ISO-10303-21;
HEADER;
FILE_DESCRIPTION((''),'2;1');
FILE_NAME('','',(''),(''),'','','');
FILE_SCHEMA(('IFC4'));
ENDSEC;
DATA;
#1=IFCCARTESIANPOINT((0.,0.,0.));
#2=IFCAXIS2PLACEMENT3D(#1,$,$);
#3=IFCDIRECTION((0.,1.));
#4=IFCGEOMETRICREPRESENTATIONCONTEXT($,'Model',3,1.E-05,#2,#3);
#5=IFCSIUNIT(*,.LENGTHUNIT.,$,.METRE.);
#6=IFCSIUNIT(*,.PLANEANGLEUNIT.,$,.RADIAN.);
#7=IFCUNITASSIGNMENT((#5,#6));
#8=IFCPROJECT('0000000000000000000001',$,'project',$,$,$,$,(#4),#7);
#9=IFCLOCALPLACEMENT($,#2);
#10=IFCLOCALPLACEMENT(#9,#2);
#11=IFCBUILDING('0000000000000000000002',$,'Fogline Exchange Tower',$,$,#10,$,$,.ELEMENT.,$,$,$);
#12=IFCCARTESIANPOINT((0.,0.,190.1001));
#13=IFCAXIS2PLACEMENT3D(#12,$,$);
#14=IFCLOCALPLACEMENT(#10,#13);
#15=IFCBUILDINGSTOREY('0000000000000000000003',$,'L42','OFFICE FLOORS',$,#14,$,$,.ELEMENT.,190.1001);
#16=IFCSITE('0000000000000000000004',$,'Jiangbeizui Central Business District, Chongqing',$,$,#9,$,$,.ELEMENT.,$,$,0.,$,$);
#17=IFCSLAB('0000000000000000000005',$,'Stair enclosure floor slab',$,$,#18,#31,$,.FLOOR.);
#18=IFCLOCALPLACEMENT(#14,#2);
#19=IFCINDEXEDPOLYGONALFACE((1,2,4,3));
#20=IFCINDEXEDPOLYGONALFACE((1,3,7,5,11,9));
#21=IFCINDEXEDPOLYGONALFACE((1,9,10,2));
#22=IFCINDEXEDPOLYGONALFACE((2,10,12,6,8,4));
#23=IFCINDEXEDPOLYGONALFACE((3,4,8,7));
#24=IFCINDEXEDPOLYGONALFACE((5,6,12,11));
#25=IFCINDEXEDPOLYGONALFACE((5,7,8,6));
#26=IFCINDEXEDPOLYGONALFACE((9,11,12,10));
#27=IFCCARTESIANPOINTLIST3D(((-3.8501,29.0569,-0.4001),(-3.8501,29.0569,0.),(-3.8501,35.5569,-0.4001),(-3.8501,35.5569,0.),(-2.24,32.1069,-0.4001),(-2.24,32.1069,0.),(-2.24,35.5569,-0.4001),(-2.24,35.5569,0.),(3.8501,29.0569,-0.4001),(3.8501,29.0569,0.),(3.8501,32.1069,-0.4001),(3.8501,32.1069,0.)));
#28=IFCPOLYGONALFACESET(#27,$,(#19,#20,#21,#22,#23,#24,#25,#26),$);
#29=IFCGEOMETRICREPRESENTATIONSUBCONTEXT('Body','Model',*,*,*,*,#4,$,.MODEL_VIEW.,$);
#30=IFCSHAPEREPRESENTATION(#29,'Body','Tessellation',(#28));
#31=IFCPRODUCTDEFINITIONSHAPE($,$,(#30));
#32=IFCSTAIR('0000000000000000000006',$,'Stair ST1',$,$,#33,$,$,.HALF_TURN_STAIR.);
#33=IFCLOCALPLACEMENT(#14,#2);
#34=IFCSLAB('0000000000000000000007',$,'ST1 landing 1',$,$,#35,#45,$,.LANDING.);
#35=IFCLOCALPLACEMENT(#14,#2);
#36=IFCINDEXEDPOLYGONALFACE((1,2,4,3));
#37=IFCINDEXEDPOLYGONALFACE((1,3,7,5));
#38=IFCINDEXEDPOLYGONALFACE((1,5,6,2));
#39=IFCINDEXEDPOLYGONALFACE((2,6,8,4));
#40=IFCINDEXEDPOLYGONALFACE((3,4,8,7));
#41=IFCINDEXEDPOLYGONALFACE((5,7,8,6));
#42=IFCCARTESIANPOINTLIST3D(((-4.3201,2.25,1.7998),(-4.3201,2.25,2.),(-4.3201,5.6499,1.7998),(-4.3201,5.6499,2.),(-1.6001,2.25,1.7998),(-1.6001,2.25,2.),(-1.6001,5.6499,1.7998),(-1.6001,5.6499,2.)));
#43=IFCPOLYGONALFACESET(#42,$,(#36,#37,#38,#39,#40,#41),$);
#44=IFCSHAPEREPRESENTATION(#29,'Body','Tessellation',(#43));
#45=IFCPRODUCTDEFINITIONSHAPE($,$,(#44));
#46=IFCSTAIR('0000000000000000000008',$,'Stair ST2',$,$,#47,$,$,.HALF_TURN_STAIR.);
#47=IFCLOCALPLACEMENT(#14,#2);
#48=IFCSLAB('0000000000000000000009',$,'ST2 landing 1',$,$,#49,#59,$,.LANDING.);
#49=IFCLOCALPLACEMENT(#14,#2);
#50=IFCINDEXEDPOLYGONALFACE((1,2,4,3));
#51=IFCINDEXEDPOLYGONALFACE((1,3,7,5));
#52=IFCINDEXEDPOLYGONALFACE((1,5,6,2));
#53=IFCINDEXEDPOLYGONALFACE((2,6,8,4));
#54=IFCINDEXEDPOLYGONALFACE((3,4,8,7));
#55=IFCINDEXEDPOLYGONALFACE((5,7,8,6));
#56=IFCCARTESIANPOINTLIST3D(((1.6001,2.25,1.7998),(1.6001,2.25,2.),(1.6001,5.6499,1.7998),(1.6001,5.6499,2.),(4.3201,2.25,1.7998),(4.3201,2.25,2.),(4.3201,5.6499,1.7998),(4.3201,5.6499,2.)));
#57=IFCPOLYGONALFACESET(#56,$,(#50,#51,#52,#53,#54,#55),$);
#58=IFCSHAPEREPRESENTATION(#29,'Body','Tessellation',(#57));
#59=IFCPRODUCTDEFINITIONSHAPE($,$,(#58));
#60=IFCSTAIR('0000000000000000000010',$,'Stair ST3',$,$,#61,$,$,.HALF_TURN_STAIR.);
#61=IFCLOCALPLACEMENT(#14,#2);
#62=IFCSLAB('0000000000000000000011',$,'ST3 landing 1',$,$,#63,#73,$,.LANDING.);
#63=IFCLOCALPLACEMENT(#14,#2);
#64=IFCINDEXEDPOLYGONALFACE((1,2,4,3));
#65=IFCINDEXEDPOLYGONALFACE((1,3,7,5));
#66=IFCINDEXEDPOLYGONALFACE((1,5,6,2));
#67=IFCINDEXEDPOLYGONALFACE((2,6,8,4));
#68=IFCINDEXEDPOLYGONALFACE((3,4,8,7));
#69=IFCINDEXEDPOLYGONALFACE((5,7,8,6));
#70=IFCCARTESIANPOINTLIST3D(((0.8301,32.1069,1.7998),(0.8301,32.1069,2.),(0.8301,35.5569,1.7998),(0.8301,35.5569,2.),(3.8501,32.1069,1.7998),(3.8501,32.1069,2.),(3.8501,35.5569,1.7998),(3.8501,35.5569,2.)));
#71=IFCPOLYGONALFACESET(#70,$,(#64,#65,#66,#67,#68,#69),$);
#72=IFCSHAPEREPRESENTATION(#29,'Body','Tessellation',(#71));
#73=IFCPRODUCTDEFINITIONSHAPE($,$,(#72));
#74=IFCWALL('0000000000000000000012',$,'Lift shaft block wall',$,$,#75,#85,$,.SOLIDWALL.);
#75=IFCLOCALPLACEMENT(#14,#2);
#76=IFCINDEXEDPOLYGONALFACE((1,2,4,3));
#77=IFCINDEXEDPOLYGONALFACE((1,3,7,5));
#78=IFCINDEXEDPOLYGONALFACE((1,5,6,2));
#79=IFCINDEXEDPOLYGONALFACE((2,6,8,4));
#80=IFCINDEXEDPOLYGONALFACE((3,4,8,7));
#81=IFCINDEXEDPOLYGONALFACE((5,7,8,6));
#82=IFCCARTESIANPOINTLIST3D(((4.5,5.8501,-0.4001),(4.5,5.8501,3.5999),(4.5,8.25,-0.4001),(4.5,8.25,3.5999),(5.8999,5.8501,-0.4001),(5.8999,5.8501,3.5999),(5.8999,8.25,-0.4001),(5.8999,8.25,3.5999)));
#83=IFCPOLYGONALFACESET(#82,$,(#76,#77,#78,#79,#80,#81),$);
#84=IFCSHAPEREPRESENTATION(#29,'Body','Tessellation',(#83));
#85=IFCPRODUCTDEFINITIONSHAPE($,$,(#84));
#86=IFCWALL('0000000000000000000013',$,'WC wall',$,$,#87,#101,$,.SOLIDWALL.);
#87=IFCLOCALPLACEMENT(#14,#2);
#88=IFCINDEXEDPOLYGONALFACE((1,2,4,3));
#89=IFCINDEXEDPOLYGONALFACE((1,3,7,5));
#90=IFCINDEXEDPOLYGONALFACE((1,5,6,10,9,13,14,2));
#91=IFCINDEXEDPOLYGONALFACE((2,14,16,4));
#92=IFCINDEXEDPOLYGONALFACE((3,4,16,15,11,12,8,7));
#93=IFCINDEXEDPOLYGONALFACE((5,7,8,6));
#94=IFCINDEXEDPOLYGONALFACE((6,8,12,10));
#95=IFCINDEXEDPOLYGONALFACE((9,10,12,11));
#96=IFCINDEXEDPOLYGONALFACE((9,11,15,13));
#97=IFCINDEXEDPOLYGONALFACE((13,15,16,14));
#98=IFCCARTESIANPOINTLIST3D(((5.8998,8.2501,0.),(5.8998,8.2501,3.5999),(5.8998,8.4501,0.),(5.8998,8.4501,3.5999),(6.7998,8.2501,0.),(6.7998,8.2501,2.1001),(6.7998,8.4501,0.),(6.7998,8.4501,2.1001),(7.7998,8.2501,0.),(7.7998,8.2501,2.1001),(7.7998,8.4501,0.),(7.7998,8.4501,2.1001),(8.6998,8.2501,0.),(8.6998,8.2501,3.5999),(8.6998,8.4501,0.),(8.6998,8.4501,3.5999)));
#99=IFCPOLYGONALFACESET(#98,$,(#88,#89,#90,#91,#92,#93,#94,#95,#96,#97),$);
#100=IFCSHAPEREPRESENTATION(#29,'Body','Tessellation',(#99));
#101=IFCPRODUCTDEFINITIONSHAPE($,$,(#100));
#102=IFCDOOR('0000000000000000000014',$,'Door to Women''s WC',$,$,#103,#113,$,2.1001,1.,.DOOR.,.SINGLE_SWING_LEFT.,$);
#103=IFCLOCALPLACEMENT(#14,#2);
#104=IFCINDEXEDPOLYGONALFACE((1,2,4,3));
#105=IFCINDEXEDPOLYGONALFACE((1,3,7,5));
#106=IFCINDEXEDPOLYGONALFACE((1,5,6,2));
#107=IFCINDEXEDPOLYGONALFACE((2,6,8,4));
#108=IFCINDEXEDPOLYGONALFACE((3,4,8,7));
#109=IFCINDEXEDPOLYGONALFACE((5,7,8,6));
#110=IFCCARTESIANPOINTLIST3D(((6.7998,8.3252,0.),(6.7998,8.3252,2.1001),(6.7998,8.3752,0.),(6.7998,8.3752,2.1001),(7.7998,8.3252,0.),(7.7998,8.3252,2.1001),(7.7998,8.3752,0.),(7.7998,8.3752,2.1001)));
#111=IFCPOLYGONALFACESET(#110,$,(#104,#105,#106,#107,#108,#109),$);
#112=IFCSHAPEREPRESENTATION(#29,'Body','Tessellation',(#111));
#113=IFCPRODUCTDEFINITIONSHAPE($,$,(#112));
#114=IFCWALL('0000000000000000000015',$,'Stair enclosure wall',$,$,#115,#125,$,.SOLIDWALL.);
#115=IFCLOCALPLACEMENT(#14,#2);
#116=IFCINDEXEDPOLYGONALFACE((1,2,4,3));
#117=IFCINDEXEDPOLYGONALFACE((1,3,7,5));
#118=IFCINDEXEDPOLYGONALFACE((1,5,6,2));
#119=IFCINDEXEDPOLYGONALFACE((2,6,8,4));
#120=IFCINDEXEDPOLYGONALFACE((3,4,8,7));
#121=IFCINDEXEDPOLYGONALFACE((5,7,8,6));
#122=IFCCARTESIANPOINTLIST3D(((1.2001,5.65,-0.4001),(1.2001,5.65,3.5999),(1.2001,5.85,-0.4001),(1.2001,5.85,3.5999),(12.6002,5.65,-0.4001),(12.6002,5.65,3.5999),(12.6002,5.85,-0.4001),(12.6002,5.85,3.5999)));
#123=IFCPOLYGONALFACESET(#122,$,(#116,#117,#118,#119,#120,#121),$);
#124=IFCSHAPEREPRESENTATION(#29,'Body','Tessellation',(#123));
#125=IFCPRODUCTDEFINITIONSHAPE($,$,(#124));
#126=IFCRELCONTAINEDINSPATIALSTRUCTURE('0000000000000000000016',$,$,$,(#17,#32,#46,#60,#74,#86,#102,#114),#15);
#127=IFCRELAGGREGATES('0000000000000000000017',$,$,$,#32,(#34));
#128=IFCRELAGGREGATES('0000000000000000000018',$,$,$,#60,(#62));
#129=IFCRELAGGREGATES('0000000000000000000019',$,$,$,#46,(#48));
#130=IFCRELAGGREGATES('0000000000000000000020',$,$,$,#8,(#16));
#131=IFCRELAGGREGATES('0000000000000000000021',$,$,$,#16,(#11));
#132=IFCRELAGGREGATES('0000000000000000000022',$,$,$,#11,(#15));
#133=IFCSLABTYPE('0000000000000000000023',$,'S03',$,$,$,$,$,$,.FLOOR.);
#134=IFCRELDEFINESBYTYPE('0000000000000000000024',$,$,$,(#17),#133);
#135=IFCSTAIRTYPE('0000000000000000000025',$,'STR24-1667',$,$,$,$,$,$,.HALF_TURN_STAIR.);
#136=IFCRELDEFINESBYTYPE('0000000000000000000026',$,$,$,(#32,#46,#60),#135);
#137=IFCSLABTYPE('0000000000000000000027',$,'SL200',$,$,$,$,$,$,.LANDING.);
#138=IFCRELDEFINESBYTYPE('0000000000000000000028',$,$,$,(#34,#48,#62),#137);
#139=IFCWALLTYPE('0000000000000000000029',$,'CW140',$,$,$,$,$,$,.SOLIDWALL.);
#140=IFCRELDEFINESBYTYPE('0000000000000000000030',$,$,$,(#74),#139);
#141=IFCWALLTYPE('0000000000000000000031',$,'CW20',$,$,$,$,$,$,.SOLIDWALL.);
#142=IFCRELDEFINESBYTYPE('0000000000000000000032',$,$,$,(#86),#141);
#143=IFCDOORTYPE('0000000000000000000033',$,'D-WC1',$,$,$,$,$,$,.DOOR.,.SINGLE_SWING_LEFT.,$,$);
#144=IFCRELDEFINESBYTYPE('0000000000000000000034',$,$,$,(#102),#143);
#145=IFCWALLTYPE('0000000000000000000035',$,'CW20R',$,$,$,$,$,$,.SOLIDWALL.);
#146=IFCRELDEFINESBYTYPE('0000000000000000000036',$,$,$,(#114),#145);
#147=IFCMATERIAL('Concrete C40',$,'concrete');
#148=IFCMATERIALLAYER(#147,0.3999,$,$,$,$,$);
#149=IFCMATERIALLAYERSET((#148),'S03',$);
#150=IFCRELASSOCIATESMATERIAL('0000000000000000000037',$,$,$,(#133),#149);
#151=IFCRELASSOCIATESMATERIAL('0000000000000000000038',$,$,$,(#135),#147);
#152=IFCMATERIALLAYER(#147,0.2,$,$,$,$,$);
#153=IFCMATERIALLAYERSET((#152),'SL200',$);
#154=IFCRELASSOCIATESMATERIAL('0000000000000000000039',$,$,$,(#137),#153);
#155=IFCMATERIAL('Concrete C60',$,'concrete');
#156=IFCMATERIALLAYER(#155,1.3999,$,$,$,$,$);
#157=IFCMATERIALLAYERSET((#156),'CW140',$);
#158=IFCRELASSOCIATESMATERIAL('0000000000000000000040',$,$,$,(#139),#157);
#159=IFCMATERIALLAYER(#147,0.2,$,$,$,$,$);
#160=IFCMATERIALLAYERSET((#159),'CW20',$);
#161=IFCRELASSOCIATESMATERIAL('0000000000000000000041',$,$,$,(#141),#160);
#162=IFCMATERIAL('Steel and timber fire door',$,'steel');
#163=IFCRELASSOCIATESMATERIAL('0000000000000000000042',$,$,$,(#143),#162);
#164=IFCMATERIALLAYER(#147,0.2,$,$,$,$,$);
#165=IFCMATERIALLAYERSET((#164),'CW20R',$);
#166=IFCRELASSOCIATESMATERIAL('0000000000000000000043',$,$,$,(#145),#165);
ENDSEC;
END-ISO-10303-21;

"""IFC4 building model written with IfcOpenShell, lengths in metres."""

from ifc_helpers import new_model, si_unit, direction, frame, frame_2d, origin, place, context, subcontext, project, spatial, polyline, rectangle, outline, extrude, material, layer, layer_set, type_object, element, fill, aggregate, save


model = new_model("IFC4")

# Units and contexts
model_context = context("Model", 3, precision=1e-05, world=origin(), true_north=direction((0.0, 1.0)))
body_context = subcontext(model_context, "Body", "Model", "MODEL_VIEW")
ifc_project = project(units=[si_unit("LENGTHUNIT", "METRE"), si_unit("PLANEANGLEUNIT", "RADIAN")], contexts=[model_context])

# Site, building, storey
site_placement = place(None, origin())
site = spatial("IfcSite", under=ifc_project, at=site_placement, Name="Jiangbeizui Central Business District, Chongqing", CompositionType="ELEMENT", RefElevation=0.0)
building_placement = place(site_placement, origin())
building = spatial("IfcBuilding", under=site, at=building_placement, Name="Fogline Exchange Tower", CompositionType="ELEMENT")
storey_placement = place(building_placement, frame((0.0, 0.0, 190.1001)))
storey = spatial("IfcBuildingStorey", under=building, at=storey_placement, Name="L42", Description="OFFICE FLOORS", CompositionType="ELEMENT", Elevation=190.1001)

# Slab
ifc_material_1 = material(Name="Concrete C40", Category="concrete")
ifc_layer_1 = layer(ifc_material_1, 0.3999)
ifc_layer_set_1 = layer_set([ifc_layer_1], Name="S03")
slab_type_1 = type_object("IfcSlabType", Name="S03", PredefinedType="FLOOR", material=ifc_layer_set_1)
slab_1_placement = place(storey_placement, frame((0.0, 0.0, -0.4001)))
element("IfcSlab", 1, at=slab_1_placement, inside=storey, type_object=slab_type_1, Name="Stair enclosure floor slab", PredefinedType="FLOOR", context=body_context, shape_type="SweptSolid", body=[
    extrude(outline(polyline([(3.8501, 29.0569), (-3.8501, 29.0569), (-3.8501, 35.5569), (-2.24, 35.5569), (-2.24, 32.1069), (3.8501, 32.1069), (3.8501, 29.0569)])), origin(), (0.0, 0.0, 1.0), 0.4001),
])

# Stairs, slabs
stair_type = type_object("IfcStairType", Name="STR24-1667", PredefinedType="HALF_TURN_STAIR", material=ifc_material_1)
stair_1_placement = place(storey_placement, origin())
stair_1 = element("IfcStair", 2, at=stair_1_placement, inside=storey, type_object=stair_type, Name="Stair ST1", PredefinedType="HALF_TURN_STAIR")
ifc_layer_2 = layer(ifc_material_1, 0.2)
ifc_layer_set_2 = layer_set([ifc_layer_2], Name="SL200")
slab_type_2 = type_object("IfcSlabType", Name="SL200", PredefinedType="LANDING", material=ifc_layer_set_2)
slab_2_placement = place(storey_placement, frame((0.0, 0.0, 1.7998)))
slab_2 = element("IfcSlab", 3, at=slab_2_placement, type_object=slab_type_2, Name="ST1 landing 1", PredefinedType="LANDING", context=body_context, shape_type="SweptSolid", body=[
    extrude(outline(polyline([(-4.3201, 2.25), (-1.6001, 2.25), (-1.6001, 5.6499), (-4.3201, 5.6499), (-4.3201, 2.25)])), origin(), (0.0, 0.0, 1.0), 0.2002),
])
aggregate(stair_1, [slab_2])
stair_2_placement = place(storey_placement, origin())
stair_2 = element("IfcStair", 4, at=stair_2_placement, inside=storey, type_object=stair_type, Name="Stair ST2", PredefinedType="HALF_TURN_STAIR")
slab_3_placement = place(storey_placement, frame((0.0, 0.0, 1.7998)))
slab_3 = element("IfcSlab", 5, at=slab_3_placement, type_object=slab_type_2, Name="ST2 landing 1", PredefinedType="LANDING", context=body_context, shape_type="SweptSolid", body=[
    extrude(outline(polyline([(1.6001, 2.25), (4.3201, 2.25), (4.3201, 5.6499), (1.6001, 5.6499), (1.6001, 2.25)])), origin(), (0.0, 0.0, 1.0), 0.2002),
])
stair_3_placement = place(storey_placement, origin())
stair_3 = element("IfcStair", 6, at=stair_3_placement, inside=storey, type_object=stair_type, Name="Stair ST3", PredefinedType="HALF_TURN_STAIR")
slab_4_placement = place(storey_placement, frame((0.0, 0.0, 1.7998)))
slab_4 = element("IfcSlab", 7, at=slab_4_placement, type_object=slab_type_2, Name="ST3 landing 1", PredefinedType="LANDING", context=body_context, shape_type="SweptSolid", body=[
    extrude(outline(polyline([(0.8301, 32.1069), (3.8501, 32.1069), (3.8501, 35.5569), (0.8301, 35.5569), (0.8301, 32.1069)])), origin(), (0.0, 0.0, 1.0), 0.2002),
])
aggregate(stair_3, [slab_4])

# Wall
ifc_material_2 = material(Name="Concrete C60", Category="concrete")
ifc_layer_3 = layer(ifc_material_2, 1.3999)
ifc_layer_set_3 = layer_set([ifc_layer_3], Name="CW140")
wall_type_1 = type_object("IfcWallType", Name="CW140", PredefinedType="SOLIDWALL", material=ifc_layer_set_3)
wall_1_placement = place(storey_placement, frame((5.2, 5.8501, -0.4001), z_axis=(0.0, 0.0, 1.0), x_axis=(0.0, 1.0, 0.0)))
element("IfcWall", 8, at=wall_1_placement, inside=storey, type_object=wall_type_1, Name="Lift shaft block wall", PredefinedType="SOLIDWALL", context=body_context, shape_type="SweptSolid", body=[
    extrude(rectangle(XDim=2.3999, YDim=1.3999, at=frame_2d((1.2, 0.0))), origin(), (0.0, 0.0, 1.0), 4.0),
])

# Wall, opening, door
ifc_layer_4 = layer(ifc_material_1, 0.2)
ifc_layer_set_4 = layer_set([ifc_layer_4], Name="CW20")
wall_type_2 = type_object("IfcWallType", Name="CW20", PredefinedType="SOLIDWALL", material=ifc_layer_set_4)
wall_2_placement = place(storey_placement, frame((5.8999, 8.3501, 0.0), z_axis=(0.0, 0.0, 1.0), x_axis=(1.0, 0.0, 0.0)))
wall_2 = element("IfcWall", 9, at=wall_2_placement, inside=storey, type_object=wall_type_2, Name="WC wall", PredefinedType="SOLIDWALL", context=body_context, shape_type="SweptSolid", body=[
    extrude(rectangle(XDim=2.8, YDim=0.2, at=frame_2d((1.3999, 0.0))), origin(), (0.0, 0.0, 1.0), 3.5999),
])
opening_1_placement = place(wall_2_placement, frame((0.8999, 0.0, 0.0)))
opening_1 = element("IfcOpeningElement", 10, at=opening_1_placement, cuts=wall_2, PredefinedType="OPENING", context=body_context, shape_type="SweptSolid", body=[
    extrude(rectangle(XDim=1.0, YDim=2.1001, at=frame_2d((0.5, 1.05))), frame((0.0, 0.1099, 0.0), z_axis=(0.0, -1.0, 0.0), x_axis=(1.0, 0.0, 0.0)), (0.0, 0.0, 1.0), 0.22),
])
ifc_material_3 = material(Name="Steel and timber fire door", Category="steel")
door_type_1 = type_object("IfcDoorType", Name="D-WC1", OperationType="SINGLE_SWING_LEFT", PredefinedType="DOOR", material=ifc_material_3)
door_1_placement = place(opening_1_placement, frame((1.0, 0.0, 0.0), z_axis=(0.0, 0.0, 1.0), x_axis=(-1.0, 0.0, 0.0)))
door_1 = element("IfcDoor", 11, at=door_1_placement, inside=storey, type_object=door_type_1, Name="Door to Women's WC", OperationType="SINGLE_SWING_LEFT", OverallHeight=2.1001, OverallWidth=1.0, PredefinedType="DOOR", context=body_context, shape_type="SweptSolid", body=[
    extrude(rectangle(XDim=1.0, YDim=2.1001, at=frame_2d((0.5, 1.05))), frame((0.0, 0.0249, 0.0), z_axis=(0.0, -1.0, 0.0), x_axis=(1.0, 0.0, 0.0)), (0.0, 0.0, 1.0), 0.05),
])
fill(opening_1, door_1)

# Wall
ifc_layer_5 = layer(ifc_material_1, 0.2)
ifc_layer_set_5 = layer_set([ifc_layer_5], Name="CW20R")
wall_type_3 = type_object("IfcWallType", Name="CW20R", PredefinedType="SOLIDWALL", material=ifc_layer_set_5)
wall_3_placement = place(storey_placement, frame((1.2, 5.75, -0.4001), z_axis=(0.0, 0.0, 1.0), x_axis=(1.0, 0.0, 0.0)))
element("IfcWall", 12, at=wall_3_placement, inside=storey, type_object=wall_type_3, Name="Stair enclosure wall", PredefinedType="SOLIDWALL", context=body_context, shape_type="SweptSolid", body=[
    extrude(rectangle(XDim=11.4001, YDim=0.2, at=frame_2d((5.7002, 0.0))), origin(), (0.0, 0.0, 1.0), 4.0),
])

aggregate(stair_2, [slab_3])

save(model, "model.ifc")
